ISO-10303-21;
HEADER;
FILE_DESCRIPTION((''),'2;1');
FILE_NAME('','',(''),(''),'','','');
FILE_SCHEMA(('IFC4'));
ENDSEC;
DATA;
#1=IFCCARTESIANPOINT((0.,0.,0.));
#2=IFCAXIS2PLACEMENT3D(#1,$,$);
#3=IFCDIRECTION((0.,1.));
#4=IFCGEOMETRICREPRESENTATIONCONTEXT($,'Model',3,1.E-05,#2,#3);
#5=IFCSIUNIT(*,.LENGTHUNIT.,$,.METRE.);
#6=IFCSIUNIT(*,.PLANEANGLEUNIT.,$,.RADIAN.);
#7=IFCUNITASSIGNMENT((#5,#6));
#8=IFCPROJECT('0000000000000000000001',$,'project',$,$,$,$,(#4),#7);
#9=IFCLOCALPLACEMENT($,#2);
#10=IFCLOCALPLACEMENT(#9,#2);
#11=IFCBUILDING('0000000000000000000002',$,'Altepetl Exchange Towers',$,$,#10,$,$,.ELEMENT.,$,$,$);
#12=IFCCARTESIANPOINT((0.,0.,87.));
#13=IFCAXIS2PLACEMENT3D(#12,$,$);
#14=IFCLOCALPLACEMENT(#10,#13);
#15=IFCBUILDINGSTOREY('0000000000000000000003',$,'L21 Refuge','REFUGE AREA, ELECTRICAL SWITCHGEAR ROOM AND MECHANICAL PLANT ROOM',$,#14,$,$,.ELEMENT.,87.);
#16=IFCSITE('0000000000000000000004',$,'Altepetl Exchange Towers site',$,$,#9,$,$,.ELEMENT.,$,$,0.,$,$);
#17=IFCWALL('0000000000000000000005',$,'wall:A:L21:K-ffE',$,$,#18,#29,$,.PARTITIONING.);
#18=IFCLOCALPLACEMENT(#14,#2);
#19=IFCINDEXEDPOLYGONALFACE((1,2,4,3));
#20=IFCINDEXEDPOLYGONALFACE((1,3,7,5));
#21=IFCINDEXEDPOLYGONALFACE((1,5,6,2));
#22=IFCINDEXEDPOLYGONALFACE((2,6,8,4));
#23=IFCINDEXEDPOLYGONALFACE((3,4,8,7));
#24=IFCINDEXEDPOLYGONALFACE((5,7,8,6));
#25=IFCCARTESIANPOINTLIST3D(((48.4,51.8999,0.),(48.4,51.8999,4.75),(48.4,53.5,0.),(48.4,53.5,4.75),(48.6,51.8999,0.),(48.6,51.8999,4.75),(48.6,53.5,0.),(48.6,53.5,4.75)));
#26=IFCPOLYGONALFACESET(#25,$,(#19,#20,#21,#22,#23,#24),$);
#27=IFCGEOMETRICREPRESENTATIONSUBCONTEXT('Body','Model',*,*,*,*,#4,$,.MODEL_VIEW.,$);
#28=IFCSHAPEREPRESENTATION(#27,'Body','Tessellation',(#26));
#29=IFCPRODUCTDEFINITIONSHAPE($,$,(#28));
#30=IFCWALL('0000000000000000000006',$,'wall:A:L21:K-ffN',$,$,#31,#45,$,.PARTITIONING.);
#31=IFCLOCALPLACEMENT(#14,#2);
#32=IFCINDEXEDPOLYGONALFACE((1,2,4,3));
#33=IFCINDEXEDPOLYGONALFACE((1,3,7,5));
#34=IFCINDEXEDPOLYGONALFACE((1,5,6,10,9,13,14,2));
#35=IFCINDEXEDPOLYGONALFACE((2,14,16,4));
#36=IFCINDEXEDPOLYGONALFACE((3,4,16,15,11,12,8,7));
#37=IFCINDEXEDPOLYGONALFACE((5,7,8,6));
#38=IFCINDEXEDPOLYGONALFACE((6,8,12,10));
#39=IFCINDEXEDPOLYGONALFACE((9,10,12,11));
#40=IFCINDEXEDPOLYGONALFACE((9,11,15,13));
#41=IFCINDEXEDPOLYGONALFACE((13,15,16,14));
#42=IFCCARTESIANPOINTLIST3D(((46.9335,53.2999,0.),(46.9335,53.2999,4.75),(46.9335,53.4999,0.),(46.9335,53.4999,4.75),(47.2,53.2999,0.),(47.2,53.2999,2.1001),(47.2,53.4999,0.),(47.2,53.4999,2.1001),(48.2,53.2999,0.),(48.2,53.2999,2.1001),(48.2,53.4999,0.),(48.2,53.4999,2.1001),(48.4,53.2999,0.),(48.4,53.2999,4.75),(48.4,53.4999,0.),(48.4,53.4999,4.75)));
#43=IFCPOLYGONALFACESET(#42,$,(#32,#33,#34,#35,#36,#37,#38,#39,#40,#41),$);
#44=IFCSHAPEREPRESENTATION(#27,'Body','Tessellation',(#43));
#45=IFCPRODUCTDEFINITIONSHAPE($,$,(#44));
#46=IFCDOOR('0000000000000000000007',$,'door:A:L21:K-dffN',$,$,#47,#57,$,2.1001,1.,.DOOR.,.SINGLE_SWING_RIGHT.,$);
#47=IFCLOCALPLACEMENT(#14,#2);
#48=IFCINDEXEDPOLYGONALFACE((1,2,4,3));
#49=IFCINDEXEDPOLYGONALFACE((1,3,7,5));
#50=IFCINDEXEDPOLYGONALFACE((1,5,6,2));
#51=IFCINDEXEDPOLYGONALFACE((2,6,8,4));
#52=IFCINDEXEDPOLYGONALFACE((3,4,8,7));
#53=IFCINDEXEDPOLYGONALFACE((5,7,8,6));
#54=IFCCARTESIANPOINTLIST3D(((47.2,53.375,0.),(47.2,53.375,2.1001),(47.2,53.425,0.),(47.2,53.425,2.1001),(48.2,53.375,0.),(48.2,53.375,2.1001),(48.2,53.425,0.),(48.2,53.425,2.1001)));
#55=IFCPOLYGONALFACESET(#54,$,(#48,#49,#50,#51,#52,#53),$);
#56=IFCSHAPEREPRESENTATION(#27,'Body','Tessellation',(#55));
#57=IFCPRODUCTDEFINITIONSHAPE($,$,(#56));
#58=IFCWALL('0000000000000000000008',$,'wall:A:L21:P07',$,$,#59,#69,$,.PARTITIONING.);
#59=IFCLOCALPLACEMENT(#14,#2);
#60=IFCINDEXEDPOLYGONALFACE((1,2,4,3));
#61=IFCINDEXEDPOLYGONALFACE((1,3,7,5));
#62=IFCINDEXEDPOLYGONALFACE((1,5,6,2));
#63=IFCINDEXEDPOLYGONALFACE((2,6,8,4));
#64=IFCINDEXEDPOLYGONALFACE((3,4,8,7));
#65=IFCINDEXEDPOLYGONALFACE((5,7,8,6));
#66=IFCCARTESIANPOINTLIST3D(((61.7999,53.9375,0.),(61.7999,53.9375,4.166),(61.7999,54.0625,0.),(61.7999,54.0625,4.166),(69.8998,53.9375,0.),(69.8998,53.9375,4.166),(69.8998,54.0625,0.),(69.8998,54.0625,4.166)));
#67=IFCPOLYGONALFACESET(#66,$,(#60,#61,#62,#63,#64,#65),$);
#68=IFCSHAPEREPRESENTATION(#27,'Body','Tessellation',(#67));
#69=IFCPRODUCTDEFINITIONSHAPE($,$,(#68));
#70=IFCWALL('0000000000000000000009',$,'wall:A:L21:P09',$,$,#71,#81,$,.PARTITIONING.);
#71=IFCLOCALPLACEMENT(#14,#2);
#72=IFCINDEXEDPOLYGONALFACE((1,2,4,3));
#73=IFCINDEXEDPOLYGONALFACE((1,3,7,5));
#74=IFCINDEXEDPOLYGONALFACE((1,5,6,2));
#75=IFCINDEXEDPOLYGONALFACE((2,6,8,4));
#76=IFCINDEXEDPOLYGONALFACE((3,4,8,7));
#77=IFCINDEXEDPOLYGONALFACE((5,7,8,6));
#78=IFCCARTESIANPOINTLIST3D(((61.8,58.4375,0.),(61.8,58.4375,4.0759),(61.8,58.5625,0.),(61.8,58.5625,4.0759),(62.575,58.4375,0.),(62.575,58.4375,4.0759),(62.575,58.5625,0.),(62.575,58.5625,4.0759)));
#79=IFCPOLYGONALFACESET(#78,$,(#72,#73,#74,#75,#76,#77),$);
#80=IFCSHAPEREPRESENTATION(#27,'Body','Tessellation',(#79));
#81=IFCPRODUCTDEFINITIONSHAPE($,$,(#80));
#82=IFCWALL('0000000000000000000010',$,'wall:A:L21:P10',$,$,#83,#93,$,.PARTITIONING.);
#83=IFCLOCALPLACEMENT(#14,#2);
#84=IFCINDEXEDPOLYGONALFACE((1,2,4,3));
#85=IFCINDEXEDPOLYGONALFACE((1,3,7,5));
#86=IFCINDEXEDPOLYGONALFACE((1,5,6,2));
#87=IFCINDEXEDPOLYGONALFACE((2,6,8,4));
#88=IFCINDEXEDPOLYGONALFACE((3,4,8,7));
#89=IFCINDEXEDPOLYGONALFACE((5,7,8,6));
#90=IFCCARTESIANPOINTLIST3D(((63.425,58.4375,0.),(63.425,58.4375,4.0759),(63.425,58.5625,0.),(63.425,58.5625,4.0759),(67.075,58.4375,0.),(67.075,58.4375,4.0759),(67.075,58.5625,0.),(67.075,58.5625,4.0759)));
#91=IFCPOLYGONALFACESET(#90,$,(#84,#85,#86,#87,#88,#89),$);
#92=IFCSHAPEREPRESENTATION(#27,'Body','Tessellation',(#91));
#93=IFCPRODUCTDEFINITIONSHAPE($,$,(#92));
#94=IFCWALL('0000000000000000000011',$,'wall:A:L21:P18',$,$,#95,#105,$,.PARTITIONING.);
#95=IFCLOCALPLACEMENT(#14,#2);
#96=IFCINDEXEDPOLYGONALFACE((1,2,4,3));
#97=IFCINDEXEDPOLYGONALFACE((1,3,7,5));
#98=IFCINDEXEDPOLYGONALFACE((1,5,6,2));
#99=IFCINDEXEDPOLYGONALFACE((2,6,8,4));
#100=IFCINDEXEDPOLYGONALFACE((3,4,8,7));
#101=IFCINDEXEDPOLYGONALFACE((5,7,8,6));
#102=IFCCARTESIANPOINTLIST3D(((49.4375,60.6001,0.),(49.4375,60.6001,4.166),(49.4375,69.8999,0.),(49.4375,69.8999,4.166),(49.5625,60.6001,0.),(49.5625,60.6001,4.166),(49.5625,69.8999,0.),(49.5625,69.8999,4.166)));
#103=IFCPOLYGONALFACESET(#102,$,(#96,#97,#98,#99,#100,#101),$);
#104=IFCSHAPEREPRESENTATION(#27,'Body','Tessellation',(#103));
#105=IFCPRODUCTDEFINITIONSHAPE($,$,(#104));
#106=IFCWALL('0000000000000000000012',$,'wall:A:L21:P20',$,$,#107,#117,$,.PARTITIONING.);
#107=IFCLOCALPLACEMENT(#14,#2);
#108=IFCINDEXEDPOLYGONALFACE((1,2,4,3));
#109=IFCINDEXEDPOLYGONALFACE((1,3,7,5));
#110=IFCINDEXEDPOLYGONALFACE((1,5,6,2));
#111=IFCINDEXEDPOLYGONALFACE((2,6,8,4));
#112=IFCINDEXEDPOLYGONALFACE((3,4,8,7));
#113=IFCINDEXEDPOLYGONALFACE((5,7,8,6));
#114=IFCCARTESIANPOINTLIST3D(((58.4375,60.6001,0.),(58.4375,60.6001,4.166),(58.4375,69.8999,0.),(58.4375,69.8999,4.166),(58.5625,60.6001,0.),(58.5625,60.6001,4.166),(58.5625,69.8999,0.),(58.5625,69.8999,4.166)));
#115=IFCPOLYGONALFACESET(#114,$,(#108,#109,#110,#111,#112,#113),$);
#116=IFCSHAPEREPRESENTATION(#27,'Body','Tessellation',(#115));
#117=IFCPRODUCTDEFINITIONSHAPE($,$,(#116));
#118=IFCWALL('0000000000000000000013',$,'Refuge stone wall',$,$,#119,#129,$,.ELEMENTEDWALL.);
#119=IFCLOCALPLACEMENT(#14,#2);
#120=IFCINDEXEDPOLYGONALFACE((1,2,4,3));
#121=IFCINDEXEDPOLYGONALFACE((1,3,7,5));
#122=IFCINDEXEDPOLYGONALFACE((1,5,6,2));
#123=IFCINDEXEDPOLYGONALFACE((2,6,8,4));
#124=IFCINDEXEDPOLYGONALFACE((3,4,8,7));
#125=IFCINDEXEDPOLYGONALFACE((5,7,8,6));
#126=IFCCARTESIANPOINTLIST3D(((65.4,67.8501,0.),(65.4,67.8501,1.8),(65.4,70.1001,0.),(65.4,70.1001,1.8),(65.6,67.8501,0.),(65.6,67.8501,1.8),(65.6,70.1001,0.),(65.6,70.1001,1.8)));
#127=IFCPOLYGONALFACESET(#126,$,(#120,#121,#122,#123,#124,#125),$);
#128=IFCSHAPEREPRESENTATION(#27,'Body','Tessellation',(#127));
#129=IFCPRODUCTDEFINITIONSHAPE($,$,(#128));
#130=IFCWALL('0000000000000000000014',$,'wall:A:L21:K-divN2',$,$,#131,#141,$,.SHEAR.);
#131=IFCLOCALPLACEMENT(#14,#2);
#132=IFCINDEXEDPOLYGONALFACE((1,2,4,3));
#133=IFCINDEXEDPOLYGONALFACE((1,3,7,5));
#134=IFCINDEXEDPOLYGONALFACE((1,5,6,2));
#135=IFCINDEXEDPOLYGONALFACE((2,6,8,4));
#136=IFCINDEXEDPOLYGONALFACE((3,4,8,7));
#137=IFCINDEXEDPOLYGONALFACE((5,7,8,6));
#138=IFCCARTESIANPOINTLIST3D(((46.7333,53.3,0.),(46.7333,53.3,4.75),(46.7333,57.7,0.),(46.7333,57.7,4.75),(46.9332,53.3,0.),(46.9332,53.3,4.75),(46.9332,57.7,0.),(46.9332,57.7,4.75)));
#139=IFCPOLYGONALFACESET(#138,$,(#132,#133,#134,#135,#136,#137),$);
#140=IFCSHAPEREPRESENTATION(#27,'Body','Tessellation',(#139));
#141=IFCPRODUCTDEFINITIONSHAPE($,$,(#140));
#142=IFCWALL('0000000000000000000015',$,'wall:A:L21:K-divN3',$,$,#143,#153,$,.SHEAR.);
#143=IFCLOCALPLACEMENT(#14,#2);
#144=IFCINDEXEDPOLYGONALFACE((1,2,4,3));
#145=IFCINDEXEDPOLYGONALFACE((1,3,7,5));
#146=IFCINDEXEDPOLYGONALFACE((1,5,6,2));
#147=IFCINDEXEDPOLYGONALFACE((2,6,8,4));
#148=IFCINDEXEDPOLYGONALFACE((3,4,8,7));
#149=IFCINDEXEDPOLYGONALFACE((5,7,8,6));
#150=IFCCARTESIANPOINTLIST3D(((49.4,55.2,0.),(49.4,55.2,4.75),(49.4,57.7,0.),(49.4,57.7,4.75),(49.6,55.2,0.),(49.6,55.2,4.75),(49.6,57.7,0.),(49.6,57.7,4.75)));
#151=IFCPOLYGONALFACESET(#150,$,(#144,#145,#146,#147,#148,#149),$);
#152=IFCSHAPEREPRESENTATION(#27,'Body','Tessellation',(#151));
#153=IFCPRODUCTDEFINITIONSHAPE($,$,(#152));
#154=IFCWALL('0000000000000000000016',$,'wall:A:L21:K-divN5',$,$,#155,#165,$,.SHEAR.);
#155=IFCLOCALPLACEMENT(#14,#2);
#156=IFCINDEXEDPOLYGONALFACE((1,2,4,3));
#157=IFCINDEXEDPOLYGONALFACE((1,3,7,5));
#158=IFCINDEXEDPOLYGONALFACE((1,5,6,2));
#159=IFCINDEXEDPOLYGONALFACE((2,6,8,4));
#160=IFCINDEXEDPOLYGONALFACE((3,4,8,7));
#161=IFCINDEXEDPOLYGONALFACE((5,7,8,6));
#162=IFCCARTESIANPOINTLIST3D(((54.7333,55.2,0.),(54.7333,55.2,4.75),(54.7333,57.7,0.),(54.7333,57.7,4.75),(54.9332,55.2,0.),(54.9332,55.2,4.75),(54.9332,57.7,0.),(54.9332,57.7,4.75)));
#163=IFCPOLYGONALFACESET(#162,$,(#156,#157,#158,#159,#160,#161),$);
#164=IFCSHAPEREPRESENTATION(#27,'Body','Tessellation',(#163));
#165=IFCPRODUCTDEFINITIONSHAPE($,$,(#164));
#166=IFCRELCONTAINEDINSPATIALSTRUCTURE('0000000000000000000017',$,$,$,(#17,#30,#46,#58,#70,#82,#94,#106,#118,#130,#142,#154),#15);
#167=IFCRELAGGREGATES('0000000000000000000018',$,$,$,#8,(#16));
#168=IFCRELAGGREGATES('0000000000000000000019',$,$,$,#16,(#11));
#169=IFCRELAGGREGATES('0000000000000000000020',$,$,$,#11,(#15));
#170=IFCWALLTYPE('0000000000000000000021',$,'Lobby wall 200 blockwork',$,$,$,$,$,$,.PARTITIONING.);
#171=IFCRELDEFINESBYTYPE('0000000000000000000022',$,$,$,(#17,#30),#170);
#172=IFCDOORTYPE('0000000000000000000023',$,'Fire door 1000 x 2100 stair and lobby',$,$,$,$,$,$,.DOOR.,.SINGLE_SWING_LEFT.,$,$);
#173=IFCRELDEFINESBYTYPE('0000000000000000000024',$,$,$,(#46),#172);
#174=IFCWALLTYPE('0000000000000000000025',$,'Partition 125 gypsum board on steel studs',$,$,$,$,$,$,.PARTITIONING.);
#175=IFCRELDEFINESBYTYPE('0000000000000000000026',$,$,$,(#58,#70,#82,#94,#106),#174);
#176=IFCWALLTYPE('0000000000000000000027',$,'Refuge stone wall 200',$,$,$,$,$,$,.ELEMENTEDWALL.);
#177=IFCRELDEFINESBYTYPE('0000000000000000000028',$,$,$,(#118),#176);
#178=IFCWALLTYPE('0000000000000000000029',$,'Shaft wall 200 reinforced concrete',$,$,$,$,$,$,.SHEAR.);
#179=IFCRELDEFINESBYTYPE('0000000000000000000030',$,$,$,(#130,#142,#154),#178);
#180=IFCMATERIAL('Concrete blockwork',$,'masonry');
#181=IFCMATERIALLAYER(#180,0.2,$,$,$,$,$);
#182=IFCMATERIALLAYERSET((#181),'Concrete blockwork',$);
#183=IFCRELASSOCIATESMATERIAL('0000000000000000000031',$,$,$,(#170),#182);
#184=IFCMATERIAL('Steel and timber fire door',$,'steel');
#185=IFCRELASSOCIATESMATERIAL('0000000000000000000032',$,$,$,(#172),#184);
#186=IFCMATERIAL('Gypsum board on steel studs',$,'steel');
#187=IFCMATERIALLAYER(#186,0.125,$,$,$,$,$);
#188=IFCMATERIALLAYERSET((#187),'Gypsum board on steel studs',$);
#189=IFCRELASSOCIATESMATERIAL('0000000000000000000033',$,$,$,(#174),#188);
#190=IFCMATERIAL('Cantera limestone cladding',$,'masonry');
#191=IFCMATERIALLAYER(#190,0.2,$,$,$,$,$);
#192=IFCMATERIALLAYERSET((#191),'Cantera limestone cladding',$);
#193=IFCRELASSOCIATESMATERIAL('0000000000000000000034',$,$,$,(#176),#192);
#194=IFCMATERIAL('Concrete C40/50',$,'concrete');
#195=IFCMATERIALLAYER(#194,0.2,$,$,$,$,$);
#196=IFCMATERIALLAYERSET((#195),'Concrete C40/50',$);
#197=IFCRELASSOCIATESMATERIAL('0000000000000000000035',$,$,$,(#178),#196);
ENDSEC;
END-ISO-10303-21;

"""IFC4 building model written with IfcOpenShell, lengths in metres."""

from ifc_helpers import new_model, si_unit, direction, frame, frame_2d, origin, place, context, subcontext, project, spatial, rectangle, extrude, material, layer, layer_set, type_object, element, fill, save


model = new_model("IFC4")

# Units and contexts
model_context = context("Model", 3, precision=1e-05, world=origin(), true_north=direction((0.0, 1.0)))
body_context = subcontext(model_context, "Body", "Model", "MODEL_VIEW")
ifc_project = project(units=[si_unit("LENGTHUNIT", "METRE"), si_unit("PLANEANGLEUNIT", "RADIAN")], contexts=[model_context])

# Site, building, storey
site_placement = place(None, origin())
site = spatial("IfcSite", under=ifc_project, at=site_placement, Name="Altepetl Exchange Towers site", CompositionType="ELEMENT", RefElevation=0.0)
building_placement = place(site_placement, origin())
building = spatial("IfcBuilding", under=site, at=building_placement, Name="Altepetl Exchange Towers", CompositionType="ELEMENT")
storey_placement = place(building_placement, frame((0.0, 0.0, 87.0)))
storey = spatial("IfcBuildingStorey", under=building, at=storey_placement, Name="L21 Refuge", Description="REFUGE AREA, ELECTRICAL SWITCHGEAR ROOM AND MECHANICAL PLANT ROOM", CompositionType="ELEMENT", Elevation=87.0)

# Wall
ifc_material_1 = material(Name="Concrete blockwork", Category="masonry")
ifc_layer_1 = layer(ifc_material_1, 0.2)
ifc_layer_set_1 = layer_set([ifc_layer_1], Name="Concrete blockwork")
wall_type_1 = type_object("IfcWallType", Name="Lobby wall 200 blockwork", PredefinedType="PARTITIONING", material=ifc_layer_set_1)
wall_1_placement = place(storey_placement, frame((48.5, 51.8999, 0.0), z_axis=(0.0, 0.0, 1.0), x_axis=(0.0, 1.0, 0.0)))
element("IfcWall", 1, at=wall_1_placement, inside=storey, type_object=wall_type_1, Name="wall:A:L21:K-ffE", PredefinedType="PARTITIONING", context=body_context, shape_type="SweptSolid", body=[
    extrude(rectangle(XDim=1.6001, YDim=0.2, at=frame_2d((0.8, 0.0))), origin(), (0.0, 0.0, 1.0), 4.75),
])

# Wall, opening, door
wall_2_placement = place(storey_placement, frame((46.9333, 53.3999, 0.0)))
wall_2 = element("IfcWall", 2, at=wall_2_placement, inside=storey, type_object=wall_type_1, Name="wall:A:L21:K-ffN", PredefinedType="PARTITIONING", context=body_context, shape_type="SweptSolid", body=[
    extrude(rectangle(XDim=1.4666, YDim=0.2, at=frame_2d((0.7334, 0.0))), origin(), (0.0, 0.0, 1.0), 4.75),
])
opening_1_placement = place(wall_2_placement, frame((0.2666, 0.0, 0.0)))
opening_1 = element("IfcOpeningElement", 3, at=opening_1_placement, cuts=wall_2, PredefinedType="OPENING", context=body_context, shape_type="SweptSolid", body=[
    extrude(rectangle(XDim=1.0, YDim=2.1001, at=frame_2d((0.5, 1.05))), frame((0.0, 0.1099, 0.0), z_axis=(0.0, -1.0, 0.0), x_axis=(1.0, 0.0, 0.0)), (0.0, 0.0, 1.0), 0.22),
])
ifc_material_2 = material(Name="Steel and timber fire door", Category="steel")
door_type_1 = type_object("IfcDoorType", Name="Fire door 1000 x 2100 stair and lobby", OperationType="SINGLE_SWING_LEFT", PredefinedType="DOOR", material=ifc_material_2)
door_1_placement = place(opening_1_placement, frame((1.0, 0.0, 0.0), x_axis=(-1.0, 0.0, 0.0)))
door_1 = element("IfcDoor", 4, at=door_1_placement, inside=storey, type_object=door_type_1, Name="door:A:L21:K-dffN", OperationType="SINGLE_SWING_RIGHT", OverallHeight=2.1001, OverallWidth=1.0, PredefinedType="DOOR", context=body_context, shape_type="SweptSolid", body=[
    extrude(rectangle(XDim=1.0, YDim=2.1001, at=frame_2d((0.5, 1.05))), frame((0.0, 0.0249, 0.0), z_axis=(0.0, -1.0, 0.0), x_axis=(1.0, 0.0, 0.0)), (0.0, 0.0, 1.0), 0.05),
])
fill(opening_1, door_1)

# Walls
ifc_material_3 = material(Name="Gypsum board on steel studs", Category="steel")
ifc_layer_2 = layer(ifc_material_3, 0.125)
ifc_layer_set_2 = layer_set([ifc_layer_2], Name="Gypsum board on steel studs")
wall_type_2 = type_object("IfcWallType", Name="Partition 125 gypsum board on steel studs", PredefinedType="PARTITIONING", material=ifc_layer_set_2)
wall_3_placement = place(storey_placement, frame((61.8, 54.0, 0.0)))
element("IfcWall", 5, at=wall_3_placement, inside=storey, type_object=wall_type_2, Name="wall:A:L21:P07", PredefinedType="PARTITIONING", context=body_context, shape_type="SweptSolid", body=[
    extrude(rectangle(XDim=8.0999, YDim=0.125, at=frame_2d((4.0498, 0.0))), origin(), (0.0, 0.0, 1.0), 4.166),
])
wall_4_placement = place(storey_placement, frame((61.8, 58.5, 0.0)))
element("IfcWall", 6, at=wall_4_placement, inside=storey, type_object=wall_type_2, Name="wall:A:L21:P09", PredefinedType="PARTITIONING", context=body_context, shape_type="SweptSolid", body=[
    extrude(rectangle(XDim=0.7749, YDim=0.125, at=frame_2d((0.3875, 0.0))), origin(), (0.0, 0.0, 1.0), 4.0759),
])
wall_5_placement = place(storey_placement, frame((63.425, 58.5, 0.0)))
element("IfcWall", 7, at=wall_5_placement, inside=storey, type_object=wall_type_2, Name="wall:A:L21:P10", PredefinedType="PARTITIONING", context=body_context, shape_type="SweptSolid", body=[
    extrude(rectangle(XDim=3.6499, YDim=0.125, at=frame_2d((1.825, 0.0))), origin(), (0.0, 0.0, 1.0), 4.0759),
])
for number, where, z_axis, x_axis, name in (
    (8, (49.5, 60.6001, 0.0), (0.0, 0.0, 1.0), (0.0, 1.0, 0.0), "wall:A:L21:P18"),
    (9, (58.5, 60.6001, 0.0), (0.0, 0.0, 1.0), (0.0, 1.0, 0.0), "wall:A:L21:P20"),
):
    element("IfcWall", number, at=place(storey_placement, frame(where, z_axis=z_axis, x_axis=x_axis)), inside=storey, type_object=wall_type_2, Name=name, PredefinedType="PARTITIONING", context=body_context, shape_type="SweptSolid", body=[
        extrude(rectangle(XDim=9.2998, YDim=0.125, at=frame_2d((4.6499, 0.0))), origin(), (0.0, 0.0, 1.0), 4.166),
    ])
ifc_material_4 = material(Name="Cantera limestone cladding", Category="masonry")
ifc_layer_3 = layer(ifc_material_4, 0.2)
ifc_layer_set_3 = layer_set([ifc_layer_3], Name="Cantera limestone cladding")
wall_type_3 = type_object("IfcWallType", Name="Refuge stone wall 200", PredefinedType="ELEMENTEDWALL", material=ifc_layer_set_3)
wall_6_placement = place(storey_placement, frame((65.5, 67.8501, 0.0), z_axis=(0.0, 0.0, 1.0), x_axis=(0.0, 1.0, 0.0)))
element("IfcWall", 10, at=wall_6_placement, inside=storey, type_object=wall_type_3, Name="Refuge stone wall", PredefinedType="ELEMENTEDWALL", context=body_context, shape_type="SweptSolid", body=[
    extrude(rectangle(XDim=2.25, YDim=0.2, at=frame_2d((1.125, 0.0))), origin(), (0.0, 0.0, 1.0), 1.8),
])
ifc_material_5 = material(Name="Concrete C40/50", Category="concrete")
ifc_layer_4 = layer(ifc_material_5, 0.2)
ifc_layer_set_4 = layer_set([ifc_layer_4], Name="Concrete C40/50")
wall_type_4 = type_object("IfcWallType", Name="Shaft wall 200 reinforced concrete", PredefinedType="SHEAR", material=ifc_layer_set_4)
wall_7_placement = place(storey_placement, frame((46.8333, 57.7, 0.0), z_axis=(0.0, 0.0, 1.0), x_axis=(0.0, -1.0, 0.0)))
element("IfcWall", 11, at=wall_7_placement, inside=storey, type_object=wall_type_4, Name="wall:A:L21:K-divN2", PredefinedType="SHEAR", context=body_context, shape_type="SweptSolid", body=[
    extrude(rectangle(XDim=4.3999, YDim=0.2, at=frame_2d((2.2, 0.0))), origin(), (0.0, 0.0, 1.0), 4.75),
])
for number, where, z_axis, x_axis, name in (
    (12, (49.5, 57.7, 0.0), (0.0, 0.0, 1.0), (0.0, -1.0, 0.0), "wall:A:L21:K-divN3"),
    (13, (54.8333, 57.7, 0.0), (0.0, 0.0, 1.0), (0.0, -1.0, 0.0), "wall:A:L21:K-divN5"),
):
    element("IfcWall", number, at=place(storey_placement, frame(where, z_axis=z_axis, x_axis=x_axis)), inside=storey, type_object=wall_type_4, Name=name, PredefinedType="SHEAR", context=body_context, shape_type="SweptSolid", body=[
        extrude(rectangle(XDim=2.5, YDim=0.2, at=frame_2d((1.25, 0.0))), origin(), (0.0, 0.0, 1.0), 4.75),
    ])

save(model, "model.ifc")
